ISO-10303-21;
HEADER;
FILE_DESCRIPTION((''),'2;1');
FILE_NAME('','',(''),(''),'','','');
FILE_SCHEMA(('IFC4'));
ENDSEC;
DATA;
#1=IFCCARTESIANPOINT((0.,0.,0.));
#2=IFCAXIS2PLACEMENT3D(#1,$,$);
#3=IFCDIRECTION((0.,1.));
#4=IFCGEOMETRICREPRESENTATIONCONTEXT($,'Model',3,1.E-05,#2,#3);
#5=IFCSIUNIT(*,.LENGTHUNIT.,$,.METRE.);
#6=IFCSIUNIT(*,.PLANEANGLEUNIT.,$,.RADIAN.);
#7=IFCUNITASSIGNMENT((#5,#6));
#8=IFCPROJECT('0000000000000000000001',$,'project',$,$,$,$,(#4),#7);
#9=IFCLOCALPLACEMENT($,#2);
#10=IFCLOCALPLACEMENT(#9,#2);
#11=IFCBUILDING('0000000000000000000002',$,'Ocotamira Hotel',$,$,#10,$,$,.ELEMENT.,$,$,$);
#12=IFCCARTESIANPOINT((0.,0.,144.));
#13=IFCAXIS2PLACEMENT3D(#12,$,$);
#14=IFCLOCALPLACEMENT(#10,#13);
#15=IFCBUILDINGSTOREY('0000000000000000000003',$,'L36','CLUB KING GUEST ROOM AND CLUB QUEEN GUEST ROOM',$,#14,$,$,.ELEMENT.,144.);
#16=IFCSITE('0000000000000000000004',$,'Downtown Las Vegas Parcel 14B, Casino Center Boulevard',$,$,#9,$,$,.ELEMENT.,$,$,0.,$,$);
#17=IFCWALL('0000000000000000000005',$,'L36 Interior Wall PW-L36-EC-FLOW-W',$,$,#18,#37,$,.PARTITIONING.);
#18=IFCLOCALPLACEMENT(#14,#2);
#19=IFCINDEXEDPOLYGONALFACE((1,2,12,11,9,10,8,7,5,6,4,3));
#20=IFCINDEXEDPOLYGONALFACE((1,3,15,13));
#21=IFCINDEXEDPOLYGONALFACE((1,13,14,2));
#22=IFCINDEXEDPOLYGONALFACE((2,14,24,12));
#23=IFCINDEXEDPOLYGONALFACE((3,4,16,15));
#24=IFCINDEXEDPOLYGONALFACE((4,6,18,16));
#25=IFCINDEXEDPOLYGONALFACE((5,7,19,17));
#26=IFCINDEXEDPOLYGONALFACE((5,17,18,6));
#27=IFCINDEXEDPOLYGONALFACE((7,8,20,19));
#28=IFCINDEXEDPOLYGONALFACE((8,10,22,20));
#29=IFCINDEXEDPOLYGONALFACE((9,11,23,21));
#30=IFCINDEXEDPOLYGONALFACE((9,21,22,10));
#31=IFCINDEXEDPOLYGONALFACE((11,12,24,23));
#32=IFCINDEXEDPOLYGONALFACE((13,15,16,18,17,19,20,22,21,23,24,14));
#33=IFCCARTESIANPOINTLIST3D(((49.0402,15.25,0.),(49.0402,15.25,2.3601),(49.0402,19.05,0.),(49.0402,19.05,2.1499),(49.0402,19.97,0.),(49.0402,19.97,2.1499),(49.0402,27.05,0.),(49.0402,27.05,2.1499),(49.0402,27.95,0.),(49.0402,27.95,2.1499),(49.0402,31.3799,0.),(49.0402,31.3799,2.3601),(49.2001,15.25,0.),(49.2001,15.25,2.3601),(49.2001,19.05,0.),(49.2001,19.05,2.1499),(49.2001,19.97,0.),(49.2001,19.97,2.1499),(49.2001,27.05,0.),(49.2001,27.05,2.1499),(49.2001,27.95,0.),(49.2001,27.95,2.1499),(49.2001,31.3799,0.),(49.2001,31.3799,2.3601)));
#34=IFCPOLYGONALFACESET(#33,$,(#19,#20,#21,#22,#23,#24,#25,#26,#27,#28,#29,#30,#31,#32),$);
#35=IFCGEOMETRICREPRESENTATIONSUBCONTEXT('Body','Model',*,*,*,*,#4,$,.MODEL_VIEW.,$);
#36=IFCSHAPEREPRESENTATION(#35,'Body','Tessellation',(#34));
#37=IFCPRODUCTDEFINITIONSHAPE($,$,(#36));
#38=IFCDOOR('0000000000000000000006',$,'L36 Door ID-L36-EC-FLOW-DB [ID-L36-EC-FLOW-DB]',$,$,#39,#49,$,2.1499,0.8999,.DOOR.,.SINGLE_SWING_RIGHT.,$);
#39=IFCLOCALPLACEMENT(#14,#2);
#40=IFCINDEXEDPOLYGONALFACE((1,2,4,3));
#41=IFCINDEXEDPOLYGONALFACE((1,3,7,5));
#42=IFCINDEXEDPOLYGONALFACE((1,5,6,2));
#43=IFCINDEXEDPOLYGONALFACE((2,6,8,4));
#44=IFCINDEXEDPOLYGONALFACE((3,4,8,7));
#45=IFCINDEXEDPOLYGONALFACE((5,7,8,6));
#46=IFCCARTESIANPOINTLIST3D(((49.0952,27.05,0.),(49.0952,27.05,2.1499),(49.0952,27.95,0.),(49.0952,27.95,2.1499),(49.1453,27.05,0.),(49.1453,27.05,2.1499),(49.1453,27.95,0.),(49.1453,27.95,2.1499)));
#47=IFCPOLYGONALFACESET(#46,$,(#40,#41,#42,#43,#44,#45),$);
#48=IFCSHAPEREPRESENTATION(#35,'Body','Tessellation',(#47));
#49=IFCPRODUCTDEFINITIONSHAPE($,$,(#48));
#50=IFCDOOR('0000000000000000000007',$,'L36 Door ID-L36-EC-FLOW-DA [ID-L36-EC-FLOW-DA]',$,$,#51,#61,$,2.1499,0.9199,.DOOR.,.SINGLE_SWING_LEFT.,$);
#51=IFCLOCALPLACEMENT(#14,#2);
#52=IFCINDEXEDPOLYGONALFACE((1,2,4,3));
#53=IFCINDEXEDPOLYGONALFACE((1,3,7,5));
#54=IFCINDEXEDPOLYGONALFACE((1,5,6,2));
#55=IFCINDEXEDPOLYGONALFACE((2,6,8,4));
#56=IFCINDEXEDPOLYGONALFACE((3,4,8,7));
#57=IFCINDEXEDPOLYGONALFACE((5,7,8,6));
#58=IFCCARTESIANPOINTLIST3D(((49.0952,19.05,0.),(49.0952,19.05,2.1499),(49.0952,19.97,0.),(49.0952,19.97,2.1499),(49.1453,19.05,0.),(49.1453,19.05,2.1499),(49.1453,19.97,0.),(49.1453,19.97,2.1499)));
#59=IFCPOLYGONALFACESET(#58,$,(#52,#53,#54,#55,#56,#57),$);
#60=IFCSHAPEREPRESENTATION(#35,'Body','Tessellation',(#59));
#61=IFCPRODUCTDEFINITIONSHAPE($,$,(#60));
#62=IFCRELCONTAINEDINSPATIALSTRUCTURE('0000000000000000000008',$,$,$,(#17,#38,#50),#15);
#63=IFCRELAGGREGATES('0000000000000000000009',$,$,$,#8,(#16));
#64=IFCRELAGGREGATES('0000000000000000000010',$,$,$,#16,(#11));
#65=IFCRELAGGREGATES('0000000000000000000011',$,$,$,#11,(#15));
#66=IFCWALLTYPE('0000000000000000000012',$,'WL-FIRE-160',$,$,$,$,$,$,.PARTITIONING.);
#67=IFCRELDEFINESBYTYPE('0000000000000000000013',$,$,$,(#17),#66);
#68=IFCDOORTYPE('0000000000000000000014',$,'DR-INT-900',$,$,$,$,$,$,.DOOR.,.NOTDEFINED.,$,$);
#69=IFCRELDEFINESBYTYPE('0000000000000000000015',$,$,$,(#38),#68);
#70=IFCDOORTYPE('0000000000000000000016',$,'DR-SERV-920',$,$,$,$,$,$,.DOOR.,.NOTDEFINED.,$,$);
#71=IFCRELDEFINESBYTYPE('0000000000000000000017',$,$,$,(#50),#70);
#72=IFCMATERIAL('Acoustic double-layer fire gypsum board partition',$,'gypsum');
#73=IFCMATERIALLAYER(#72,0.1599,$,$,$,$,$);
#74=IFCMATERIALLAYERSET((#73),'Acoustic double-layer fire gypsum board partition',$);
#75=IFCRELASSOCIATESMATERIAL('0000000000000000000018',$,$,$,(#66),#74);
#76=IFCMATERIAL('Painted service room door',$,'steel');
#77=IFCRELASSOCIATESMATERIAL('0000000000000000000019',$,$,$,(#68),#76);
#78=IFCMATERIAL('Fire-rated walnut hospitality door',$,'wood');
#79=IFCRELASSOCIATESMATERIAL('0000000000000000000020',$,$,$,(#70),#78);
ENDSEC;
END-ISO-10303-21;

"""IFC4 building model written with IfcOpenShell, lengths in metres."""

from ifc_helpers import new_model, si_unit, direction, frame, frame_2d, origin, place, context, subcontext, project, spatial, rectangle, extrude, source, transform, mapped, material, layer, layer_set, type_object, element, fill, save


model = new_model("IFC4")

# Units and contexts
model_context = context("Model", 3, precision=1e-05, world=origin(), true_north=direction((0.0, 1.0)))
body_context = subcontext(model_context, "Body", "Model", "MODEL_VIEW")
ifc_project = project(units=[si_unit("LENGTHUNIT", "METRE"), si_unit("PLANEANGLEUNIT", "RADIAN")], contexts=[model_context])

# Site, building, storey
site_placement = place(None, origin())
site = spatial("IfcSite", under=ifc_project, at=site_placement, Name="Downtown Las Vegas Parcel 14B, Casino Center Boulevard", CompositionType="ELEMENT", RefElevation=0.0)
building_placement = place(site_placement, origin())
building = spatial("IfcBuilding", under=site, at=building_placement, Name="Ocotamira Hotel", CompositionType="ELEMENT")
storey_placement = place(building_placement, frame((0.0, 0.0, 144.0)))
storey = spatial("IfcBuildingStorey", under=building, at=storey_placement, Name="L36", Description="CLUB KING GUEST ROOM AND CLUB QUEEN GUEST ROOM", CompositionType="ELEMENT", Elevation=144.0)

# Wall, openings, doors
ifc_material_1 = material(Name="Acoustic double-layer fire gypsum board partition", Category="gypsum")
ifc_layer_1 = layer(ifc_material_1, 0.1599)
ifc_layer_set_1 = layer_set([ifc_layer_1], Name="Acoustic double-layer fire gypsum board partition")
wall_type_1 = type_object("IfcWallType", Name="WL-FIRE-160", PredefinedType="PARTITIONING", material=ifc_layer_set_1)
wall_1_placement = place(storey_placement, frame((49.1201, 15.25, 0.0), z_axis=(0.0, 0.0, 1.0), x_axis=(0.0, 1.0, 0.0)))
wall_1 = element("IfcWall", 1, at=wall_1_placement, inside=storey, type_object=wall_type_1, Name="L36 Interior Wall PW-L36-EC-FLOW-W", PredefinedType="PARTITIONING", context=body_context, shape_type="SweptSolid", body=[
    extrude(rectangle(XDim=16.1299, YDim=0.1599, at=frame_2d((8.0649, 0.0))), origin(), (0.0, 0.0, 1.0), 2.3601),
])
opening_1_placement = place(wall_1_placement, frame((3.8, 0.0, 0.0)))
opening_1 = element("IfcOpeningElement", 2, at=opening_1_placement, cuts=wall_1, PredefinedType="OPENING", context=body_context, shape_type="SweptSolid", body=[
    extrude(rectangle(XDim=0.9199, YDim=2.1499, at=frame_2d((0.46, 1.075))), frame((0.0, 0.0898, 0.0), z_axis=(0.0, -1.0, 0.0), x_axis=(1.0, 0.0, 0.0)), (0.0, 0.0, 1.0), 0.1799),
])
opening_2_placement = place(wall_1_placement, frame((11.8, 0.0, 0.0)))
opening_2 = element("IfcOpeningElement", 3, at=opening_2_placement, cuts=wall_1, PredefinedType="OPENING", context=body_context, shape_type="SweptSolid", body=[
    extrude(rectangle(XDim=0.8999, YDim=2.1499, at=frame_2d((0.45, 1.075))), frame((0.0, 0.0898, 0.0), z_axis=(0.0, -1.0, 0.0), x_axis=(1.0, 0.0, 0.0)), (0.0, 0.0, 1.0), 0.1799),
])
ifc_material_2 = material(Name="Painted service room door", Category="steel")
door_type_1 = type_object("IfcDoorType", Name="DR-INT-900", OperationType="NOTDEFINED", PredefinedType="DOOR", material=ifc_material_2)
shared_shape_1 = source(origin(), body_context, "Body", "SweptSolid", [
    extrude(rectangle(XDim=0.8999, YDim=2.1499, at=frame_2d((0.45, 1.075))), frame((0.0, 0.0249, 0.0), z_axis=(0.0, -1.0, 0.0), x_axis=(1.0, 0.0, 0.0)), (0.0, 0.0, 1.0), 0.05),
])
door_1_placement = place(opening_2_placement, origin())
door_1 = element("IfcDoor", 4, at=door_1_placement, inside=storey, type_object=door_type_1, Name="L36 Door ID-L36-EC-FLOW-DB [ID-L36-EC-FLOW-DB]", OperationType="SINGLE_SWING_RIGHT", OverallHeight=2.1499, OverallWidth=0.8999, PredefinedType="DOOR", context=body_context, shape_type="MappedRepresentation", body=[
    mapped(shared_shape_1, transform((0.0, 0.0, 0.0), scale=1.0)),
])
fill(opening_2, door_1)
ifc_material_3 = material(Name="Fire-rated walnut hospitality door", Category="wood")
door_type_2 = type_object("IfcDoorType", Name="DR-SERV-920", OperationType="NOTDEFINED", PredefinedType="DOOR", material=ifc_material_3)
shared_shape_2 = source(origin(), body_context, "Body", "SweptSolid", [
    extrude(rectangle(XDim=0.9199, YDim=2.1499, at=frame_2d((0.46, 1.075))), frame((0.0, 0.0249, 0.0), z_axis=(0.0, -1.0, 0.0), x_axis=(1.0, 0.0, 0.0)), (0.0, 0.0, 1.0), 0.05),
])
door_2_placement = place(opening_1_placement, origin())
door_2 = element("IfcDoor", 5, at=door_2_placement, inside=storey, type_object=door_type_2, Name="L36 Door ID-L36-EC-FLOW-DA [ID-L36-EC-FLOW-DA]", OperationType="SINGLE_SWING_LEFT", OverallHeight=2.1499, OverallWidth=0.9199, PredefinedType="DOOR", context=body_context, shape_type="MappedRepresentation", body=[
    mapped(shared_shape_2, transform((0.0, 0.0, 0.0), scale=1.0)),
])
fill(opening_1, door_2)

save(model, "model.ifc")
